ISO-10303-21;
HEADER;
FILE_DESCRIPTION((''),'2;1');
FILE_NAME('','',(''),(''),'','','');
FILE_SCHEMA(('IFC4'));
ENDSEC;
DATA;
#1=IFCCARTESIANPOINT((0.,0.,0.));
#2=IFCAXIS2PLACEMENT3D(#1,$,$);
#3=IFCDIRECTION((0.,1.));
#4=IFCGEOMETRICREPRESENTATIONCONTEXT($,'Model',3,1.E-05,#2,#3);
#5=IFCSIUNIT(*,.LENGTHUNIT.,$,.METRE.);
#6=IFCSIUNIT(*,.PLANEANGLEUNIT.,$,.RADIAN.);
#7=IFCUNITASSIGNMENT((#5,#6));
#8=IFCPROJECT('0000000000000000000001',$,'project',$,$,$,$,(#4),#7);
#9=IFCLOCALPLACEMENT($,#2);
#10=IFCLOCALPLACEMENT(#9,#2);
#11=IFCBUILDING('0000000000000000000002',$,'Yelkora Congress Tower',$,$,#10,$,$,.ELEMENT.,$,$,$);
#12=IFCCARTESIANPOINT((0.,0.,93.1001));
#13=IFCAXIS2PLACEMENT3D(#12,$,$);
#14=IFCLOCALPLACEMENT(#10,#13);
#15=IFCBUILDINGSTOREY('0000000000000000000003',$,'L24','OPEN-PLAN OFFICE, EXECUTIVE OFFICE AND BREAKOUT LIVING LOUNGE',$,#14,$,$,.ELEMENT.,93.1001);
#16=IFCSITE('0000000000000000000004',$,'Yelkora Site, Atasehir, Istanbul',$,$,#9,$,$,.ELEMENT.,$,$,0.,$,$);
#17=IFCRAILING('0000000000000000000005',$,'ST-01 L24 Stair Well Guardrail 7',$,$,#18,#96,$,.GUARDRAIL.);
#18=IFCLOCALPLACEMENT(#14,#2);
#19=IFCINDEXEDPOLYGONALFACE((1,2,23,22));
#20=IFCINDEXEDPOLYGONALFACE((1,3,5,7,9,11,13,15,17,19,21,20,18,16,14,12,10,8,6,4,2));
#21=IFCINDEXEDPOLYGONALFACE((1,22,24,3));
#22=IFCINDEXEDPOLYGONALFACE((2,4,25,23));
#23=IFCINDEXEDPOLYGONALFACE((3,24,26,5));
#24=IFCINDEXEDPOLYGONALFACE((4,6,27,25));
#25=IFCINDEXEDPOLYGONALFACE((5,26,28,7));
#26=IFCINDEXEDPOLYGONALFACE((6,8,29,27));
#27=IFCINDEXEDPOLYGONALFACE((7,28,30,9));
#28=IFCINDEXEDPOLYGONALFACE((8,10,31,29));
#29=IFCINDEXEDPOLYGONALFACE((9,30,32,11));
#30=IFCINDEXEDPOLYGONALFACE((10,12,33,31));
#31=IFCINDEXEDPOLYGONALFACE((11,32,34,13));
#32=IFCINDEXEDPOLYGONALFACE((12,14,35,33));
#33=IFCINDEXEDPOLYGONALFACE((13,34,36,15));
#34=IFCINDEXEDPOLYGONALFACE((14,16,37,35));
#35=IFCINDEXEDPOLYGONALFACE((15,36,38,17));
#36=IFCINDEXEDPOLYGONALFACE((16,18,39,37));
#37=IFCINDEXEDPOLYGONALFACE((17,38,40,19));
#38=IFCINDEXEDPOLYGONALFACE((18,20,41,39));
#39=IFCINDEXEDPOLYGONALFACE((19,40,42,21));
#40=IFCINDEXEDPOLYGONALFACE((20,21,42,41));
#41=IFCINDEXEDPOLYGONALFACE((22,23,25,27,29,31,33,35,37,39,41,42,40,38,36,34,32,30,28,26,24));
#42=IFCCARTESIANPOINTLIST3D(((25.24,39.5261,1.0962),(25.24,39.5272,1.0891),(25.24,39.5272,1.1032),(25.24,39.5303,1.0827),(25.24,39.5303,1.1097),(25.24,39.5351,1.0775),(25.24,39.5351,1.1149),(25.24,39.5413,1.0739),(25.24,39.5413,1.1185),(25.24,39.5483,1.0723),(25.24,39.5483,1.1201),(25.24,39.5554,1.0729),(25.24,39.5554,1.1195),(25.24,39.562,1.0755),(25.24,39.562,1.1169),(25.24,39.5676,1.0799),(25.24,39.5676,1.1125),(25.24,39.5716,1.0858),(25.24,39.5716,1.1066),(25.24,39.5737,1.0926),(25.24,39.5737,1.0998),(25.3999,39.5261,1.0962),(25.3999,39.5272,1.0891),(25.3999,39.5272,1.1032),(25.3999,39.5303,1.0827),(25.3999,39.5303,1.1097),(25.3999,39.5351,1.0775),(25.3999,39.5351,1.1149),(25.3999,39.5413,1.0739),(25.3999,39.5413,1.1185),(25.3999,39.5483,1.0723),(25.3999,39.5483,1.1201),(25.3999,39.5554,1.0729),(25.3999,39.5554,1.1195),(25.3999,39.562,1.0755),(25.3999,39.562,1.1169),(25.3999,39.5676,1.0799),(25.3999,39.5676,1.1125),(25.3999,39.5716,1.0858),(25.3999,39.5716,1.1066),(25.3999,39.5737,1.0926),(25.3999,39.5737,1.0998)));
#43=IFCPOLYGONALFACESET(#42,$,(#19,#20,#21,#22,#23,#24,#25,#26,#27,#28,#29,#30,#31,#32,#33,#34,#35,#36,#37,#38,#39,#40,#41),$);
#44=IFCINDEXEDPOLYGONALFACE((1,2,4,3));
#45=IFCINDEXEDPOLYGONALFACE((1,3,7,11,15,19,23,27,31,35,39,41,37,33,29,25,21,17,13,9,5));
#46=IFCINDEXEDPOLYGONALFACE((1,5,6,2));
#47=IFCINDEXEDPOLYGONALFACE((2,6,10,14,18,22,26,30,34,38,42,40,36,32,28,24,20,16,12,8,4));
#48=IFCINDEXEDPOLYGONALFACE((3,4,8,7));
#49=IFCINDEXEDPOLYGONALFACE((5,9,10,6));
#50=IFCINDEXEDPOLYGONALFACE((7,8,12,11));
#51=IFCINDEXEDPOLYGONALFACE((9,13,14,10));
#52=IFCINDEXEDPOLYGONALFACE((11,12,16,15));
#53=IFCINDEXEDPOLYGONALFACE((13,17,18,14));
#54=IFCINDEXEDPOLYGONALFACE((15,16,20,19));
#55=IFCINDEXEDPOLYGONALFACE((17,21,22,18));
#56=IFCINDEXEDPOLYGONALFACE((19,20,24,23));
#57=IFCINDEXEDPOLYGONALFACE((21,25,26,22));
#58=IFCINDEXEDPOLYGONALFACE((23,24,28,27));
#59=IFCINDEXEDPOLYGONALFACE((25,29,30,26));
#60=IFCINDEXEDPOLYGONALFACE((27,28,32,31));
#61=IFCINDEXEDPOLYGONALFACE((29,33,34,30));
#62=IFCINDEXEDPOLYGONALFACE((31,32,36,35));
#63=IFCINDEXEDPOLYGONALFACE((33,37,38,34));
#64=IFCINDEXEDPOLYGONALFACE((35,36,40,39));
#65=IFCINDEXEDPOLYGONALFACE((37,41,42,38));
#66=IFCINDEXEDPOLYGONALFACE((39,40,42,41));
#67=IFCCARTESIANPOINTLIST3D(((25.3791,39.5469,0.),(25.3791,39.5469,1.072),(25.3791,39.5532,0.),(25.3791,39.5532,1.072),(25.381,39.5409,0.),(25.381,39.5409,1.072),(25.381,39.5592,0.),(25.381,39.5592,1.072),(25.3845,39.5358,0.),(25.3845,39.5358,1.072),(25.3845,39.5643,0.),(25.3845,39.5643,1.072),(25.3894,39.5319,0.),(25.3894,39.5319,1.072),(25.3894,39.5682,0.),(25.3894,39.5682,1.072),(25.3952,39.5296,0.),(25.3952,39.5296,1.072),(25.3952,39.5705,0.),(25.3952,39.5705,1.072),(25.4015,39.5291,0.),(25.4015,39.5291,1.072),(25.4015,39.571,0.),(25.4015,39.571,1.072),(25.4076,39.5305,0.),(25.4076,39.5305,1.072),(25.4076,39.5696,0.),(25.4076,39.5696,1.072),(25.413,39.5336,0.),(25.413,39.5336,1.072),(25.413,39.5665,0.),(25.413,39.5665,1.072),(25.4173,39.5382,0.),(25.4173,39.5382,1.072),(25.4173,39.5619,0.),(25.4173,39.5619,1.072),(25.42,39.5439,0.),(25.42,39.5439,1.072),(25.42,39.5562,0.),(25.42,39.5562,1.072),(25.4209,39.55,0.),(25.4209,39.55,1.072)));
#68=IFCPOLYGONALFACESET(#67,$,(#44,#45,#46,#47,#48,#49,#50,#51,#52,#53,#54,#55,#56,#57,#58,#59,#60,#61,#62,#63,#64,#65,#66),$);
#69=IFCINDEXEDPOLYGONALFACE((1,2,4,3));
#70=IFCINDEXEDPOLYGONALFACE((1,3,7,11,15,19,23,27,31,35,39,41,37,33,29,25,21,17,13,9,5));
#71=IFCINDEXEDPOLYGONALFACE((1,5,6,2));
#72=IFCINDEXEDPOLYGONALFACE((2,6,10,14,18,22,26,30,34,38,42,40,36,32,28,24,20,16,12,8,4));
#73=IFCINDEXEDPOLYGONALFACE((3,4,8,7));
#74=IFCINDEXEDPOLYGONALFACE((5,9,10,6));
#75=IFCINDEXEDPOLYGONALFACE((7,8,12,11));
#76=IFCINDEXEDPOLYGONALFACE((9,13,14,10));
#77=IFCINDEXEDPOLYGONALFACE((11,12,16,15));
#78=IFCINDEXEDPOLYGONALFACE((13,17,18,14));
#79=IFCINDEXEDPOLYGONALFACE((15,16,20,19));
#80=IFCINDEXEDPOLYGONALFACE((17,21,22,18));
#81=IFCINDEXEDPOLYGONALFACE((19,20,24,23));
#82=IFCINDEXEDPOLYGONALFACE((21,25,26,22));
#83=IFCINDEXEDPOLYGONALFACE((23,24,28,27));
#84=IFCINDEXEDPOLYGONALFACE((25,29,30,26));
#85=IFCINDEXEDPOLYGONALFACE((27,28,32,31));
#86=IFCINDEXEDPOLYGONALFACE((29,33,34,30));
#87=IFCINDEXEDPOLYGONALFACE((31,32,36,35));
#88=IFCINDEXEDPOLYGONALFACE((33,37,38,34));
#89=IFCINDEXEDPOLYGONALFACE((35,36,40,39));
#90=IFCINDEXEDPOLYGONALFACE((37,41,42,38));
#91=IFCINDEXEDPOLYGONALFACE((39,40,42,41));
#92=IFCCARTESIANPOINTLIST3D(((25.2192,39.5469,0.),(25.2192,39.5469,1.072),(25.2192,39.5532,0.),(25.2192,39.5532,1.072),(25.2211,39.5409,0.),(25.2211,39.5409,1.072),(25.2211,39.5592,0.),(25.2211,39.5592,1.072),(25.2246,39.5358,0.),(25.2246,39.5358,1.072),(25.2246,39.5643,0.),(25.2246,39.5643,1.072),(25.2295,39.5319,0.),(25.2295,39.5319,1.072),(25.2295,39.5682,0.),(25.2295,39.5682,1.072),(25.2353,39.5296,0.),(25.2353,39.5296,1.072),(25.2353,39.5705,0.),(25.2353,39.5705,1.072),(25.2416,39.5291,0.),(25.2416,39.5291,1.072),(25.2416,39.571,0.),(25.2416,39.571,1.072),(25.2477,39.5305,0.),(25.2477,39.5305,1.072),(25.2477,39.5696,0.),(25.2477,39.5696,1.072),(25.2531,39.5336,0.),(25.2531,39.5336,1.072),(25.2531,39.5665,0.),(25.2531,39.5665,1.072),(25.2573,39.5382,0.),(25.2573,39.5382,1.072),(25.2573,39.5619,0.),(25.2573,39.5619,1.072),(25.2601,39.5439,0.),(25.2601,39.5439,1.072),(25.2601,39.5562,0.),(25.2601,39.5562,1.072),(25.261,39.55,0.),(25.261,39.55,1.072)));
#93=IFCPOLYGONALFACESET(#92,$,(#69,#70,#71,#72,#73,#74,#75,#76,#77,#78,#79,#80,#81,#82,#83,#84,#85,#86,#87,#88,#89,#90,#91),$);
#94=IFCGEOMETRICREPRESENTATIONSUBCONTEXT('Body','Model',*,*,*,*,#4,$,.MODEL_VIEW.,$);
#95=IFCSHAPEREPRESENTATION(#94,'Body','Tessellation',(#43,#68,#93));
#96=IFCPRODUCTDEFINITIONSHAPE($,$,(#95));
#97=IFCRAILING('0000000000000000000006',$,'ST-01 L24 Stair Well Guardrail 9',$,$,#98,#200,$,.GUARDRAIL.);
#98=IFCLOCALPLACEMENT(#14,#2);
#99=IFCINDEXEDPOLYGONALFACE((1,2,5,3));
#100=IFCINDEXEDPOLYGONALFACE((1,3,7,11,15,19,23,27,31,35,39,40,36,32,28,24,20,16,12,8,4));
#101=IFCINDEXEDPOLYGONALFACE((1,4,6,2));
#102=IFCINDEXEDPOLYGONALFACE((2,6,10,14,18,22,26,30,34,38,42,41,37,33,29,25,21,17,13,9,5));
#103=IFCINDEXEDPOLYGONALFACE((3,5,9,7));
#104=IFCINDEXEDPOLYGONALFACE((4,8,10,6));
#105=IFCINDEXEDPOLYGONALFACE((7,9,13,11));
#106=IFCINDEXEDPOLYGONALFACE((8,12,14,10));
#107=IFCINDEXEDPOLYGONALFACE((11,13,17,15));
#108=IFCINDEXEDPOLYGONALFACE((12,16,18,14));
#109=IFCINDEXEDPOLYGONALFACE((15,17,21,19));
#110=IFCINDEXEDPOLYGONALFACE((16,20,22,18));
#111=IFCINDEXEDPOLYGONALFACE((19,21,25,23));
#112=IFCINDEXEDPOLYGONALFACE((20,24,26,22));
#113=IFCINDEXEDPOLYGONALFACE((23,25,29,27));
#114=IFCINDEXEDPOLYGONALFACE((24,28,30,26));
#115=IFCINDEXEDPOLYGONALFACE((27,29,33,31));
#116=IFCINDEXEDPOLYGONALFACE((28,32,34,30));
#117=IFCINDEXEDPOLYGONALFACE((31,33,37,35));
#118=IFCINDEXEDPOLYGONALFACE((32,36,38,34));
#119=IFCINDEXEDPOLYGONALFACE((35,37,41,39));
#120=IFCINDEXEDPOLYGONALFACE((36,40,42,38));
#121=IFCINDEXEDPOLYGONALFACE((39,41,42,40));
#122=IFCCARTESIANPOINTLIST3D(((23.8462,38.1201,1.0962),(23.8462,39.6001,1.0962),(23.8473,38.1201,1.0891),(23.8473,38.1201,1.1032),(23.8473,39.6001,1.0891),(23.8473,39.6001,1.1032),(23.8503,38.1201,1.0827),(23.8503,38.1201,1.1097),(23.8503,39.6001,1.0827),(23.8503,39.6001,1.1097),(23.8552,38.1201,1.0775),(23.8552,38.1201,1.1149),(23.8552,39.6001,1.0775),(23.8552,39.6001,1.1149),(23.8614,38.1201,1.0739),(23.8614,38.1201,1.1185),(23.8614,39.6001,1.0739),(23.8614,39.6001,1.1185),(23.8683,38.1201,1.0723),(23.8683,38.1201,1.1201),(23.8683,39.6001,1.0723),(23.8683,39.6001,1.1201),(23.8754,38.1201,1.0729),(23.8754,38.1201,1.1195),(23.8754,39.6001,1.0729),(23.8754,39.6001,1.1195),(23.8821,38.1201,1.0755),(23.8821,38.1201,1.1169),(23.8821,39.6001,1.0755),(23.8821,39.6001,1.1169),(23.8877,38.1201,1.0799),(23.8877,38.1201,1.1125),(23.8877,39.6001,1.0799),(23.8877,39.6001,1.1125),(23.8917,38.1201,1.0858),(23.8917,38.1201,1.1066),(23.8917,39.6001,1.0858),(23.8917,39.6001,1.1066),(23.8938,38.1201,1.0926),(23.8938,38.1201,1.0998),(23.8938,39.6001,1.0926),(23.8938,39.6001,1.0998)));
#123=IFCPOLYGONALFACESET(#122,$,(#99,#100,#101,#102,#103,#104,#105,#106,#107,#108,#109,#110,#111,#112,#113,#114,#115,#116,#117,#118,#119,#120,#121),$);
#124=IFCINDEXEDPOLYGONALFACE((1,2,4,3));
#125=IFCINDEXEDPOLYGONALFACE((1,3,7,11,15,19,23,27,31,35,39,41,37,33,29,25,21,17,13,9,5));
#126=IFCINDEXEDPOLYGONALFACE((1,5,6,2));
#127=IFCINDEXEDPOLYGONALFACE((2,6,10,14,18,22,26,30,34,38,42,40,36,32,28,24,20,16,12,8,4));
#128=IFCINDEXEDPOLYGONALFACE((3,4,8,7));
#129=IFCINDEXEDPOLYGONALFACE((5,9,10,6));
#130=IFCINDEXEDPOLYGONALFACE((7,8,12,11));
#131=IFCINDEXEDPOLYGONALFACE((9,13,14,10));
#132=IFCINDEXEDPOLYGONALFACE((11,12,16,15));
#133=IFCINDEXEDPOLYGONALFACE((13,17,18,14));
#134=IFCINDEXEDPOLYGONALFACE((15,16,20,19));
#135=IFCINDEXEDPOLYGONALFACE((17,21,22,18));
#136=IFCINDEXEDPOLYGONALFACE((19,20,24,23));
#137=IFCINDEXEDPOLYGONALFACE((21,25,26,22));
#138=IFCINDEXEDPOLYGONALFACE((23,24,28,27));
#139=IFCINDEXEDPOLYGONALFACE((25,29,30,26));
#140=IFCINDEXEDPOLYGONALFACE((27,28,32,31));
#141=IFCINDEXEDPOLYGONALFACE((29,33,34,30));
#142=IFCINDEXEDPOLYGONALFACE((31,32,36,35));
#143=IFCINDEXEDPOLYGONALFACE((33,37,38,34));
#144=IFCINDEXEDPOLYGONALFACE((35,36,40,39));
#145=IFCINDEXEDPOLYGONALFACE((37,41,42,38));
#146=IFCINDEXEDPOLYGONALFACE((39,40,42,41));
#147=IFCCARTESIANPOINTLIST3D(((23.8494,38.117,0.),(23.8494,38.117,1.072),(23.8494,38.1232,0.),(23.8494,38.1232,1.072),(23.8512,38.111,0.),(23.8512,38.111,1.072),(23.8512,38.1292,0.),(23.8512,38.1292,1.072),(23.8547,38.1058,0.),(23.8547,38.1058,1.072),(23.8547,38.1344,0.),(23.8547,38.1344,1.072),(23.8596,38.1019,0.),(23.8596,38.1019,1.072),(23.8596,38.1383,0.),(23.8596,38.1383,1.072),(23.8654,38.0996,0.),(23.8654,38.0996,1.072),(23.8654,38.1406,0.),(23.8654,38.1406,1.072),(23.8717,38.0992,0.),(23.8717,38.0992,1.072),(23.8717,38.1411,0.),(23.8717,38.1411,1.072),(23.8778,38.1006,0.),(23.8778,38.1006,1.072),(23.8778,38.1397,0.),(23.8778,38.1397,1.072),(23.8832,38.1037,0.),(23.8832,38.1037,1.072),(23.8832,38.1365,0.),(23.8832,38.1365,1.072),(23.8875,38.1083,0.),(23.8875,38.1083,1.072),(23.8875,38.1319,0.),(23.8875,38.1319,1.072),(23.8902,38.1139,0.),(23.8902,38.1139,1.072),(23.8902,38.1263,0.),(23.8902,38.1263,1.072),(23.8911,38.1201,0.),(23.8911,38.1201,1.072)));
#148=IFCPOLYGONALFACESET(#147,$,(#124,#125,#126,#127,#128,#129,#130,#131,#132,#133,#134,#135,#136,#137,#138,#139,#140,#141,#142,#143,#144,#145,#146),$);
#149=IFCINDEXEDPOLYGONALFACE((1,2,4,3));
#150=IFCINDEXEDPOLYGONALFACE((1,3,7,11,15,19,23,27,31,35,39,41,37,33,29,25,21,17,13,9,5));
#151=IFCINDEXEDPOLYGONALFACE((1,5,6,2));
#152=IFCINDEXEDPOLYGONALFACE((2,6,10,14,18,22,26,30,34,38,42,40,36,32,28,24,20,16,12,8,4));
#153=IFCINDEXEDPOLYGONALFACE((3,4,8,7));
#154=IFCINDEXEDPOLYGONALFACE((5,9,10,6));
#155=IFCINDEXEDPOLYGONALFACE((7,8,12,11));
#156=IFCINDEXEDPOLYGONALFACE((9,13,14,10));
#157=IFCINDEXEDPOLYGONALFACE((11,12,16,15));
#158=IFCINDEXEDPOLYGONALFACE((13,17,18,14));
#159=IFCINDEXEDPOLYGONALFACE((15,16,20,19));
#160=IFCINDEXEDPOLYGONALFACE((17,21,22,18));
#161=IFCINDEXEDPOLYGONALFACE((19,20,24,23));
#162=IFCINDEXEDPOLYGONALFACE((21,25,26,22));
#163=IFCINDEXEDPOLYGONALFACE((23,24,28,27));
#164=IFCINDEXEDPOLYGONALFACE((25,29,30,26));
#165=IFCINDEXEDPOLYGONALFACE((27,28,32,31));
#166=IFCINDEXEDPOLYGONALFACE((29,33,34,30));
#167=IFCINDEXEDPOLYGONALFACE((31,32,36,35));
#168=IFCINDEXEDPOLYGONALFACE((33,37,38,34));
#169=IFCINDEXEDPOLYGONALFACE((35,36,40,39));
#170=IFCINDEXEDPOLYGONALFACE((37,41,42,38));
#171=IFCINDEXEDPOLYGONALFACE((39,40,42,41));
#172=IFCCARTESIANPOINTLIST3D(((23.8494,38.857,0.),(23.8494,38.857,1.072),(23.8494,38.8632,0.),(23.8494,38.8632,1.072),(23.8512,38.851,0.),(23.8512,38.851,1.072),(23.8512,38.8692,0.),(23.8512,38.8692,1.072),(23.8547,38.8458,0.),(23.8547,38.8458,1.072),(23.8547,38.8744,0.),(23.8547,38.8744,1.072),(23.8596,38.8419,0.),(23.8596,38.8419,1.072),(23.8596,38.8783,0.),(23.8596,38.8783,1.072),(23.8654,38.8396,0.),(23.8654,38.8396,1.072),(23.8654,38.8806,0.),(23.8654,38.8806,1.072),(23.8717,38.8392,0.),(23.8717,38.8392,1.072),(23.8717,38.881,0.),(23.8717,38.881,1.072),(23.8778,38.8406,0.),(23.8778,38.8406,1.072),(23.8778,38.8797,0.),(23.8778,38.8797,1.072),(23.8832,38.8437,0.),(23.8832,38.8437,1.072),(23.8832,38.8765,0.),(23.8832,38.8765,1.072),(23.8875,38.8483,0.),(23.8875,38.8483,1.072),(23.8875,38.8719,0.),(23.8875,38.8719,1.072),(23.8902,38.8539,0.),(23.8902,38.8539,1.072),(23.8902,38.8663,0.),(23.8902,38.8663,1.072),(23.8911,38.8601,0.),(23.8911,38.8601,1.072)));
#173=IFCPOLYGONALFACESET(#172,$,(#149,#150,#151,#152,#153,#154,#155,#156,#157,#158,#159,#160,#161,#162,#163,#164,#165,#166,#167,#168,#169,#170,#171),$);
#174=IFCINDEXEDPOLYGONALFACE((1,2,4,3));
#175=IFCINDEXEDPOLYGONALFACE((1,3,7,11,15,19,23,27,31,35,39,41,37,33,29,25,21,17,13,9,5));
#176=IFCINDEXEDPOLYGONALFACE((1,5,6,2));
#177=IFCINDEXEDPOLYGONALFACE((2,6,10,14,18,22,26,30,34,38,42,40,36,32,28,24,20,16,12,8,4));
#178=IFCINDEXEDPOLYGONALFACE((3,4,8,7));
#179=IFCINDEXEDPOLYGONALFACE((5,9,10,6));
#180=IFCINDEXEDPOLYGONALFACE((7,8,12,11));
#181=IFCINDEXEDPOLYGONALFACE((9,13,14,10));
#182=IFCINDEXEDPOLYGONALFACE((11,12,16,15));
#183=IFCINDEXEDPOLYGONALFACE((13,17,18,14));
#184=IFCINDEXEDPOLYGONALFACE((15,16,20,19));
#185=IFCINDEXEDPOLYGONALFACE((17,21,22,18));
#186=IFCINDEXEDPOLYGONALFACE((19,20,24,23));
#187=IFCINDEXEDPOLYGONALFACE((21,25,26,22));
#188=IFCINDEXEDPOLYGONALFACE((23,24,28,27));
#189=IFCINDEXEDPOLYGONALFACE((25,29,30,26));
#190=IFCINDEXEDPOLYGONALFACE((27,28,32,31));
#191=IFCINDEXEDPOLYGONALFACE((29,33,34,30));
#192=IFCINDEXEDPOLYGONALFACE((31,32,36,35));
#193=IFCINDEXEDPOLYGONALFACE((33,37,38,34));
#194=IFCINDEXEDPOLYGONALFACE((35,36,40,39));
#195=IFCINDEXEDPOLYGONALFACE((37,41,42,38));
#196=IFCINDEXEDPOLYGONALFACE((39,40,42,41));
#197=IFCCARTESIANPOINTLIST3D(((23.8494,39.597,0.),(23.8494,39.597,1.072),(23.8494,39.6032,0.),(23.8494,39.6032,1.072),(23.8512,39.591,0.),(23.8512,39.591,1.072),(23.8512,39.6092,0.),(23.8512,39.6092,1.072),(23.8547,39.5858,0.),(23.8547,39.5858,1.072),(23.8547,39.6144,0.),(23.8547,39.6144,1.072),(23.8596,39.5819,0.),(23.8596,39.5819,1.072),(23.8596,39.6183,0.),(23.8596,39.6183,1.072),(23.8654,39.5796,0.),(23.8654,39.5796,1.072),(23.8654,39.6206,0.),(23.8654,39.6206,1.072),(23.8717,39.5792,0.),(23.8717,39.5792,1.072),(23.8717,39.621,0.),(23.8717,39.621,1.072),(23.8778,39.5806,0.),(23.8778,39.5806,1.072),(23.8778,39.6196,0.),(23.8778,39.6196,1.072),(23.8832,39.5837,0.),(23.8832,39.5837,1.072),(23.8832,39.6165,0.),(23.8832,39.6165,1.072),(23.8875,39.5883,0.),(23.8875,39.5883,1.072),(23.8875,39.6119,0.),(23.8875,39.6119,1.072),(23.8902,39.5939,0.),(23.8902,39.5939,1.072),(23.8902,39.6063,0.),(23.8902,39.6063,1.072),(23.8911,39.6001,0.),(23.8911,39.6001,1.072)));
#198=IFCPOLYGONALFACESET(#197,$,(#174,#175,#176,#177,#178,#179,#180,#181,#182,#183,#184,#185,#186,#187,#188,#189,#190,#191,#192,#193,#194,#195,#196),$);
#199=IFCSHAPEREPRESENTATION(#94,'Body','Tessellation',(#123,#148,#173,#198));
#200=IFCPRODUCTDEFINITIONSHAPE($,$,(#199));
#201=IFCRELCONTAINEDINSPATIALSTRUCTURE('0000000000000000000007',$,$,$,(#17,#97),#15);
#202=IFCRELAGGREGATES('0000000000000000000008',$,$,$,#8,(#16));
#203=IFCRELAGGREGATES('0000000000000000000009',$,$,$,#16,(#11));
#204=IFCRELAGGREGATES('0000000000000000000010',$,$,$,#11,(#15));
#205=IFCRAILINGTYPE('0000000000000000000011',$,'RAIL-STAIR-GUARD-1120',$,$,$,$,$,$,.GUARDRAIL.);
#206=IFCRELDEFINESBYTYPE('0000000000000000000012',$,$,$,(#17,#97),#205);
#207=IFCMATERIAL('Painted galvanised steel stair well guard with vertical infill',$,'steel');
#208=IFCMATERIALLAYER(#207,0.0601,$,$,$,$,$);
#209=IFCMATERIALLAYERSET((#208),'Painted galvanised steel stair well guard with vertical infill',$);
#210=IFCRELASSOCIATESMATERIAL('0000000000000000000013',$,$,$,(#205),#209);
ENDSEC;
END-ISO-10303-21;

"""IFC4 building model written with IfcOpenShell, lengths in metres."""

from ifc_helpers import new_model, si_unit, direction, frame, origin, origin_2d, place, context, subcontext, project, spatial, circle, extrude, material, layer, layer_set, type_object, element, save


model = new_model("IFC4")

# Units and contexts
model_context = context("Model", 3, precision=1e-05, world=origin(), true_north=direction((0.0, 1.0)))
body_context = subcontext(model_context, "Body", "Model", "MODEL_VIEW")
ifc_project = project(units=[si_unit("LENGTHUNIT", "METRE"), si_unit("PLANEANGLEUNIT", "RADIAN")], contexts=[model_context])

# Site, building, storey
site_placement = place(None, origin())
site = spatial("IfcSite", under=ifc_project, at=site_placement, Name="Yelkora Site, Atasehir, Istanbul", CompositionType="ELEMENT", RefElevation=0.0)
building_placement = place(site_placement, origin())
building = spatial("IfcBuilding", under=site, at=building_placement, Name="Yelkora Congress Tower", CompositionType="ELEMENT")
storey_placement = place(building_placement, frame((0.0, 0.0, 93.1001)))
storey = spatial("IfcBuildingStorey", under=building, at=storey_placement, Name="L24", Description="OPEN-PLAN OFFICE, EXECUTIVE OFFICE AND BREAKOUT LIVING LOUNGE", CompositionType="ELEMENT", Elevation=93.1001)

# Railings
ifc_material_1 = material(Name="Painted galvanised steel stair well guard with vertical infill", Category="steel")
ifc_layer_1 = layer(ifc_material_1, 0.0601)
ifc_layer_set_1 = layer_set([ifc_layer_1], Name="Painted galvanised steel stair well guard with vertical infill")
railing_type_1 = type_object("IfcRailingType", Name="RAIL-STAIR-GUARD-1120", PredefinedType="GUARDRAIL", material=ifc_layer_set_1)
railing_1_placement = place(storey_placement, frame((25.3999, 39.55, 0.0)))
element("IfcRailing", 1, at=railing_1_placement, inside=storey, type_object=railing_type_1, Name="ST-01 L24 Stair Well Guardrail 7", PredefinedType="GUARDRAIL", context=body_context, shape_type="SweptSolid", body=[
    extrude(circle(Radius=0.0239, at=origin_2d()), frame((0.0, 0.0, 1.0962), z_axis=(-1.0, 0.0, 0.0), x_axis=(0.0, -1.0, 0.0)), (0.0, 0.0, 1.0), 0.1599),
    extrude(circle(Radius=0.021, at=origin_2d()), origin(), (0.0, 0.0, 1.0), 1.072),
    extrude(circle(Radius=0.021, at=origin_2d()), frame((-0.1599, 0.0, 0.0)), (0.0, 0.0, 1.0), 1.072),
])
railing_2_placement = place(storey_placement, frame((23.8701, 38.1201, 0.0)))
element("IfcRailing", 2, at=railing_2_placement, inside=storey, type_object=railing_type_1, Name="ST-01 L24 Stair Well Guardrail 9", PredefinedType="GUARDRAIL", context=body_context, shape_type="SweptSolid", body=[
    extrude(circle(Radius=0.0239, at=origin_2d()), frame((0.0, 0.0, 1.0962), z_axis=(0.0, 1.0, 0.0), x_axis=(-1.0, 0.0, 0.0)), (0.0, 0.0, 1.0), 1.48),
    extrude(circle(Radius=0.021, at=origin_2d()), origin(), (0.0, 0.0, 1.0), 1.072),
    extrude(circle(Radius=0.021, at=origin_2d()), frame((0.0, 0.74, 0.0)), (0.0, 0.0, 1.0), 1.072),
    extrude(circle(Radius=0.021, at=origin_2d()), frame((0.0, 1.48, 0.0)), (0.0, 0.0, 1.0), 1.072),
])

save(model, "model.ifc")
